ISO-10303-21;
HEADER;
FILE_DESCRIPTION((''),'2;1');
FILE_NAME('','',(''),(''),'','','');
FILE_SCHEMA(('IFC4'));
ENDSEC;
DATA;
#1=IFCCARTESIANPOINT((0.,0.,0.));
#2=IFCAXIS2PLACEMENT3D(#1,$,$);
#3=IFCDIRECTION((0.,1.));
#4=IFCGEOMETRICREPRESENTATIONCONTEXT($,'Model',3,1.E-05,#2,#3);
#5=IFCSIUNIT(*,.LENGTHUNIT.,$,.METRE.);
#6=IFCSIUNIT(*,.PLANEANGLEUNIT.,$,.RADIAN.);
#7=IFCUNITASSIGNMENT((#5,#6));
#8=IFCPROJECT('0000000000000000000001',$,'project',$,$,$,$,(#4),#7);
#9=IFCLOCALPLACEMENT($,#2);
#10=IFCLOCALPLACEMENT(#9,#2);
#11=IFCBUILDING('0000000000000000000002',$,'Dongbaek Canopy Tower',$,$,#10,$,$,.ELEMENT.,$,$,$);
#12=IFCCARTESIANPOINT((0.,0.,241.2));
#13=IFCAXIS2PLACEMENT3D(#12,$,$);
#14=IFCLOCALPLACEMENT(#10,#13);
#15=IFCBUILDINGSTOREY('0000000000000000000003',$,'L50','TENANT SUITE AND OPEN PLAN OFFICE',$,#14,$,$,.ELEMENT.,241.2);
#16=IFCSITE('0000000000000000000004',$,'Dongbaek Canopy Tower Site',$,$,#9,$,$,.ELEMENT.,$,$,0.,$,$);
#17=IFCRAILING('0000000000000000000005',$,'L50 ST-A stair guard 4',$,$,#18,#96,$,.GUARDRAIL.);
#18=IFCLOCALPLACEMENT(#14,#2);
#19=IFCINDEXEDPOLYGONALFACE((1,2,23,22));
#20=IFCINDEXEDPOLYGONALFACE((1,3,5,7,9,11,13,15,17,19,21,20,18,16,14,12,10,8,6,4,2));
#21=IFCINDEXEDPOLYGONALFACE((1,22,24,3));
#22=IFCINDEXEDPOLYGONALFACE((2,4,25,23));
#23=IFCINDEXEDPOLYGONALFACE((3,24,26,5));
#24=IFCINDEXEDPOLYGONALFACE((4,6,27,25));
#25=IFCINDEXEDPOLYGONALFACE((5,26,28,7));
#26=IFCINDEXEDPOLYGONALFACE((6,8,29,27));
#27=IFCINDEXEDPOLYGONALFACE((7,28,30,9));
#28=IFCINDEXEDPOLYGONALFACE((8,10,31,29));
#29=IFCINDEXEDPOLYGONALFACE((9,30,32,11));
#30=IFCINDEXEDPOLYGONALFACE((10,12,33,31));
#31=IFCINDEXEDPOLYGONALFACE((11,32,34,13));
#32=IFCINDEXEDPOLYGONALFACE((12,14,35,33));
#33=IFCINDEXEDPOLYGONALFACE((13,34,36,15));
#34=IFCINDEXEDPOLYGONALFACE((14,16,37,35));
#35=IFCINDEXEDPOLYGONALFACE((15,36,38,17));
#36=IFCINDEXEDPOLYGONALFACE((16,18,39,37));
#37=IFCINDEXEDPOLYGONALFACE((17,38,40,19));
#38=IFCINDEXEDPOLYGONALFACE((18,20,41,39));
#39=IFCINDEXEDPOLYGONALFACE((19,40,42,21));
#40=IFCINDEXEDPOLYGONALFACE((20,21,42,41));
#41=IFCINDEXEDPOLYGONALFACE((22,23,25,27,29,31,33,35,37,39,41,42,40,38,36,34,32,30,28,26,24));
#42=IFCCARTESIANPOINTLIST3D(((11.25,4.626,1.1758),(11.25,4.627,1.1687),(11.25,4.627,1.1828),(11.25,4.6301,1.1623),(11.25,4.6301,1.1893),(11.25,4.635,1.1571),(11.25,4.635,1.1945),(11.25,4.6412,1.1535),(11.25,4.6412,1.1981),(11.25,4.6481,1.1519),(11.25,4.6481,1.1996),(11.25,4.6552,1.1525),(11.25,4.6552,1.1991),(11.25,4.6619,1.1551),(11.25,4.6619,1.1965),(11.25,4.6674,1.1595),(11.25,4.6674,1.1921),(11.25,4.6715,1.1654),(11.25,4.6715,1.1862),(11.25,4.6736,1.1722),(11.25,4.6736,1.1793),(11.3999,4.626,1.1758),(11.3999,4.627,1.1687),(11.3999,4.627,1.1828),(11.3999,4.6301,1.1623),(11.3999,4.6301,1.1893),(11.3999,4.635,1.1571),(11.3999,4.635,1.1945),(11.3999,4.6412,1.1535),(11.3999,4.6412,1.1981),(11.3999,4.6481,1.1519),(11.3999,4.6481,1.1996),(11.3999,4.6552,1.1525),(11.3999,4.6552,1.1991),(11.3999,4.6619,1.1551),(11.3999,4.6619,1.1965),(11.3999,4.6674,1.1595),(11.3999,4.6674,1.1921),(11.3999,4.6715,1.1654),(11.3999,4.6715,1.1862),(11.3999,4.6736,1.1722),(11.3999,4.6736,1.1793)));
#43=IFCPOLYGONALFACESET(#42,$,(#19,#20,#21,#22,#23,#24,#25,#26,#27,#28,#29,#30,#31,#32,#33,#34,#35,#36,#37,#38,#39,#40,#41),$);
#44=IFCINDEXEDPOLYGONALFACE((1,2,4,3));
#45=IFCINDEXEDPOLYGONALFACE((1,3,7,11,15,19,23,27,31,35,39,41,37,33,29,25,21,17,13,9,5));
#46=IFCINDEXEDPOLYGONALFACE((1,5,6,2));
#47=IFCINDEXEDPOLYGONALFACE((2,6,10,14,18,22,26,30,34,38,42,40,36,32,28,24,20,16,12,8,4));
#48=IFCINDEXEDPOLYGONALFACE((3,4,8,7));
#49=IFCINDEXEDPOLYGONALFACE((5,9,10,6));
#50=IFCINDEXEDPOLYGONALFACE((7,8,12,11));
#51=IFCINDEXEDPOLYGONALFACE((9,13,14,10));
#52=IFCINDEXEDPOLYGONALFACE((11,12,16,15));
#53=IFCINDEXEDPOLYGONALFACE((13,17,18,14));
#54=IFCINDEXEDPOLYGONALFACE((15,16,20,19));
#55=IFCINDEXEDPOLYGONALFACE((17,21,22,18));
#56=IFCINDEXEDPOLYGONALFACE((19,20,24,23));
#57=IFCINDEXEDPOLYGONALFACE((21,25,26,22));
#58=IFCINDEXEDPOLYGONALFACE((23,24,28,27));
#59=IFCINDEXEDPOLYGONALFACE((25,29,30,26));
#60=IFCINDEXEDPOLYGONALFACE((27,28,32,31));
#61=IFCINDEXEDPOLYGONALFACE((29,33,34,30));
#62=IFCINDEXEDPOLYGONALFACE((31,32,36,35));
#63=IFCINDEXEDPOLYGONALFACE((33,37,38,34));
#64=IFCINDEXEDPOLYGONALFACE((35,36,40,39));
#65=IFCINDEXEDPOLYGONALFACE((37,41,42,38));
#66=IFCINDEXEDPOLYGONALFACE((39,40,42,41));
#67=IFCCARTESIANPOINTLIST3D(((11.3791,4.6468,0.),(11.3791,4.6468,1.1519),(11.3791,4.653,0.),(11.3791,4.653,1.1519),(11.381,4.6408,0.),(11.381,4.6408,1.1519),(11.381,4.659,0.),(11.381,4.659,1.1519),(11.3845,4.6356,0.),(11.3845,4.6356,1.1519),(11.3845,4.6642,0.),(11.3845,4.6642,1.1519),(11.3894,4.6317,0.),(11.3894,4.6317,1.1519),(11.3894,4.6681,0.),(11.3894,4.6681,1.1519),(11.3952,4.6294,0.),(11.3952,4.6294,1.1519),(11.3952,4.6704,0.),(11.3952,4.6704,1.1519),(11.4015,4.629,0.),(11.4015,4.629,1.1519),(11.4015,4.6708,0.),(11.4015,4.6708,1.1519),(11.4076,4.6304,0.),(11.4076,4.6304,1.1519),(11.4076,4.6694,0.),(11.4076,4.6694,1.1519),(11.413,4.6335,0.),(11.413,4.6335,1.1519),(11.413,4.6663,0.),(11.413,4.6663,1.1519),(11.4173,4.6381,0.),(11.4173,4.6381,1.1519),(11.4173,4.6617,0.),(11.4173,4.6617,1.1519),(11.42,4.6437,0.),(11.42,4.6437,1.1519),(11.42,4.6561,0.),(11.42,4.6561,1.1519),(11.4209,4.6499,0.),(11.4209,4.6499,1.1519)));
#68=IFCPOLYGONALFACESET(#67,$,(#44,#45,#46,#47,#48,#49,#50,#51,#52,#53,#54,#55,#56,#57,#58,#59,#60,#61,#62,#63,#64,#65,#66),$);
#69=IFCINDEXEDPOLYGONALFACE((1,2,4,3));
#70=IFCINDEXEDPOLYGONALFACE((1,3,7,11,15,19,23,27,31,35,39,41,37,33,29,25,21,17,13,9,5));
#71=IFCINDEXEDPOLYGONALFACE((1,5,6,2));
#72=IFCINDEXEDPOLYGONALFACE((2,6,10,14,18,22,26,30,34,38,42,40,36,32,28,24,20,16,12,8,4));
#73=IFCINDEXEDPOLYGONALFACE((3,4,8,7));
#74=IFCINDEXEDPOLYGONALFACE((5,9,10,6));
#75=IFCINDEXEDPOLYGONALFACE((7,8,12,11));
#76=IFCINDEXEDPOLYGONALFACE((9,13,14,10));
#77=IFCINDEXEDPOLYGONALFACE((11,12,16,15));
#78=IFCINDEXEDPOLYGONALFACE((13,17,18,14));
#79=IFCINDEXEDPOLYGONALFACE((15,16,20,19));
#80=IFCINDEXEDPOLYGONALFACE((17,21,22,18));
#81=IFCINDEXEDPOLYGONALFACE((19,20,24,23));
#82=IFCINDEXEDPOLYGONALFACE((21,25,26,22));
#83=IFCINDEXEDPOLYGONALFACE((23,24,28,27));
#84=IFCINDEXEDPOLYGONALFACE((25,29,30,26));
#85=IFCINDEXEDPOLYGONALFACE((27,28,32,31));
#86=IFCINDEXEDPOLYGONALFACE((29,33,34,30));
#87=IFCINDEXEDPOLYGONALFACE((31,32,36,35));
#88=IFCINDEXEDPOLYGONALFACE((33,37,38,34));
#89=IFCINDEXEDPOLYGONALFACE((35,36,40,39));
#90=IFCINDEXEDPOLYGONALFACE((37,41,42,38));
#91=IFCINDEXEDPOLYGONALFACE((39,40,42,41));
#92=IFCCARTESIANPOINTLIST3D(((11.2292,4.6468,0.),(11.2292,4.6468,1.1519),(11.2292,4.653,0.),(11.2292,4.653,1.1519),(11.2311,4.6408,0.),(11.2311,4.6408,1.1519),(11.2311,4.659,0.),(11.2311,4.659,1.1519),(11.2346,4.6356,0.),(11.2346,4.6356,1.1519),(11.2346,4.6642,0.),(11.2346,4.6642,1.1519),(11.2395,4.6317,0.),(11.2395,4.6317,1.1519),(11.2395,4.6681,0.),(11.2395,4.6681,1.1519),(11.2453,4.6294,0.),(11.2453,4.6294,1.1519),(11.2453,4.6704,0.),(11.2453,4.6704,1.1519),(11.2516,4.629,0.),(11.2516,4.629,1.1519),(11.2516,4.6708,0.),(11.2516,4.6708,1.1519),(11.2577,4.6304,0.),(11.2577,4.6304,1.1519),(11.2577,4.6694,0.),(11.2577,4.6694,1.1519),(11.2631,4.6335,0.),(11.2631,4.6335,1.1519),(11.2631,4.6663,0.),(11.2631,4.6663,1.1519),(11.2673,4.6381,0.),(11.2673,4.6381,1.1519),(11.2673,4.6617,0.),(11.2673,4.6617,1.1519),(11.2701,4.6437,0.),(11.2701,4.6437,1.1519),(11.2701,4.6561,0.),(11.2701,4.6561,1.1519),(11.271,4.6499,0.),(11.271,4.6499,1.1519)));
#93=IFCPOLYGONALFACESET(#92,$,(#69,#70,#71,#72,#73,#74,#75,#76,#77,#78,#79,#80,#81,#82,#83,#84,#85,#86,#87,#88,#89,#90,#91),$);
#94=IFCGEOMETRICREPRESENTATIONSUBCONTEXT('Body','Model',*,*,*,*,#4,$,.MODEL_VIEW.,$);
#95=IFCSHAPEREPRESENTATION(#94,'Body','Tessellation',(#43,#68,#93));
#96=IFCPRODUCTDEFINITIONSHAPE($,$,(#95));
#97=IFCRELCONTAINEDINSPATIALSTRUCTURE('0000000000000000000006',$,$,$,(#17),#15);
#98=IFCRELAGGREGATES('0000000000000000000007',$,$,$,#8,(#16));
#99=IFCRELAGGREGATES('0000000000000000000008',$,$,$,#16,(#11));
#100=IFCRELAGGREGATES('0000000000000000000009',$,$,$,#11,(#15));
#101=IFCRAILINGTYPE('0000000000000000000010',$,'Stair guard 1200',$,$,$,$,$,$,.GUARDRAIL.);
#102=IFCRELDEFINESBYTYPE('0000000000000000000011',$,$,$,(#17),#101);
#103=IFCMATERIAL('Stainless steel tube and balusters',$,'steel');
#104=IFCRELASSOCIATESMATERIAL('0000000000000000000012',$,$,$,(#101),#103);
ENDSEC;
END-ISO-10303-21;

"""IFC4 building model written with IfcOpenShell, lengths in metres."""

from ifc_helpers import new_model, si_unit, direction, frame, origin, origin_2d, place, context, subcontext, project, spatial, circle, extrude, material, type_object, element, save


model = new_model("IFC4")

# Units and contexts
model_context = context("Model", 3, precision=1e-05, world=origin(), true_north=direction((0.0, 1.0)))
body_context = subcontext(model_context, "Body", "Model", "MODEL_VIEW")
ifc_project = project(units=[si_unit("LENGTHUNIT", "METRE"), si_unit("PLANEANGLEUNIT", "RADIAN")], contexts=[model_context])

# Site, building, storey
site_placement = place(None, origin())
site = spatial("IfcSite", under=ifc_project, at=site_placement, Name="Dongbaek Canopy Tower Site", CompositionType="ELEMENT", RefElevation=0.0)
building_placement = place(site_placement, origin())
building = spatial("IfcBuilding", under=site, at=building_placement, Name="Dongbaek Canopy Tower", CompositionType="ELEMENT")
storey_placement = place(building_placement, frame((0.0, 0.0, 241.2)))
storey = spatial("IfcBuildingStorey", under=building, at=storey_placement, Name="L50", Description="TENANT SUITE AND OPEN PLAN OFFICE", CompositionType="ELEMENT", Elevation=241.2)

# Railing
ifc_material_1 = material(Name="Stainless steel tube and balusters", Category="steel")
railing_type_1 = type_object("IfcRailingType", Name="Stair guard 1200", PredefinedType="GUARDRAIL", material=ifc_material_1)
railing_1_placement = place(storey_placement, frame((11.3999, 4.6499, 0.0)))
element("IfcRailing", 1, at=railing_1_placement, inside=storey, type_object=railing_type_1, Name="L50 ST-A stair guard 4", PredefinedType="GUARDRAIL", context=body_context, shape_type="SweptSolid", body=[
    extrude(circle(Radius=0.0239, at=origin_2d()), frame((0.0, 0.0, 1.1758), z_axis=(-1.0, 0.0, 0.0), x_axis=(0.0, -1.0, 0.0)), (0.0, 0.0, 1.0), 0.1499),
    extrude(circle(Radius=0.021, at=origin_2d()), origin(), (0.0, 0.0, 1.0), 1.1519),
    extrude(circle(Radius=0.021, at=origin_2d()), frame((-0.1499, 0.0, 0.0)), (0.0, 0.0, 1.0), 1.1519),
])

save(model, "model.ifc")
